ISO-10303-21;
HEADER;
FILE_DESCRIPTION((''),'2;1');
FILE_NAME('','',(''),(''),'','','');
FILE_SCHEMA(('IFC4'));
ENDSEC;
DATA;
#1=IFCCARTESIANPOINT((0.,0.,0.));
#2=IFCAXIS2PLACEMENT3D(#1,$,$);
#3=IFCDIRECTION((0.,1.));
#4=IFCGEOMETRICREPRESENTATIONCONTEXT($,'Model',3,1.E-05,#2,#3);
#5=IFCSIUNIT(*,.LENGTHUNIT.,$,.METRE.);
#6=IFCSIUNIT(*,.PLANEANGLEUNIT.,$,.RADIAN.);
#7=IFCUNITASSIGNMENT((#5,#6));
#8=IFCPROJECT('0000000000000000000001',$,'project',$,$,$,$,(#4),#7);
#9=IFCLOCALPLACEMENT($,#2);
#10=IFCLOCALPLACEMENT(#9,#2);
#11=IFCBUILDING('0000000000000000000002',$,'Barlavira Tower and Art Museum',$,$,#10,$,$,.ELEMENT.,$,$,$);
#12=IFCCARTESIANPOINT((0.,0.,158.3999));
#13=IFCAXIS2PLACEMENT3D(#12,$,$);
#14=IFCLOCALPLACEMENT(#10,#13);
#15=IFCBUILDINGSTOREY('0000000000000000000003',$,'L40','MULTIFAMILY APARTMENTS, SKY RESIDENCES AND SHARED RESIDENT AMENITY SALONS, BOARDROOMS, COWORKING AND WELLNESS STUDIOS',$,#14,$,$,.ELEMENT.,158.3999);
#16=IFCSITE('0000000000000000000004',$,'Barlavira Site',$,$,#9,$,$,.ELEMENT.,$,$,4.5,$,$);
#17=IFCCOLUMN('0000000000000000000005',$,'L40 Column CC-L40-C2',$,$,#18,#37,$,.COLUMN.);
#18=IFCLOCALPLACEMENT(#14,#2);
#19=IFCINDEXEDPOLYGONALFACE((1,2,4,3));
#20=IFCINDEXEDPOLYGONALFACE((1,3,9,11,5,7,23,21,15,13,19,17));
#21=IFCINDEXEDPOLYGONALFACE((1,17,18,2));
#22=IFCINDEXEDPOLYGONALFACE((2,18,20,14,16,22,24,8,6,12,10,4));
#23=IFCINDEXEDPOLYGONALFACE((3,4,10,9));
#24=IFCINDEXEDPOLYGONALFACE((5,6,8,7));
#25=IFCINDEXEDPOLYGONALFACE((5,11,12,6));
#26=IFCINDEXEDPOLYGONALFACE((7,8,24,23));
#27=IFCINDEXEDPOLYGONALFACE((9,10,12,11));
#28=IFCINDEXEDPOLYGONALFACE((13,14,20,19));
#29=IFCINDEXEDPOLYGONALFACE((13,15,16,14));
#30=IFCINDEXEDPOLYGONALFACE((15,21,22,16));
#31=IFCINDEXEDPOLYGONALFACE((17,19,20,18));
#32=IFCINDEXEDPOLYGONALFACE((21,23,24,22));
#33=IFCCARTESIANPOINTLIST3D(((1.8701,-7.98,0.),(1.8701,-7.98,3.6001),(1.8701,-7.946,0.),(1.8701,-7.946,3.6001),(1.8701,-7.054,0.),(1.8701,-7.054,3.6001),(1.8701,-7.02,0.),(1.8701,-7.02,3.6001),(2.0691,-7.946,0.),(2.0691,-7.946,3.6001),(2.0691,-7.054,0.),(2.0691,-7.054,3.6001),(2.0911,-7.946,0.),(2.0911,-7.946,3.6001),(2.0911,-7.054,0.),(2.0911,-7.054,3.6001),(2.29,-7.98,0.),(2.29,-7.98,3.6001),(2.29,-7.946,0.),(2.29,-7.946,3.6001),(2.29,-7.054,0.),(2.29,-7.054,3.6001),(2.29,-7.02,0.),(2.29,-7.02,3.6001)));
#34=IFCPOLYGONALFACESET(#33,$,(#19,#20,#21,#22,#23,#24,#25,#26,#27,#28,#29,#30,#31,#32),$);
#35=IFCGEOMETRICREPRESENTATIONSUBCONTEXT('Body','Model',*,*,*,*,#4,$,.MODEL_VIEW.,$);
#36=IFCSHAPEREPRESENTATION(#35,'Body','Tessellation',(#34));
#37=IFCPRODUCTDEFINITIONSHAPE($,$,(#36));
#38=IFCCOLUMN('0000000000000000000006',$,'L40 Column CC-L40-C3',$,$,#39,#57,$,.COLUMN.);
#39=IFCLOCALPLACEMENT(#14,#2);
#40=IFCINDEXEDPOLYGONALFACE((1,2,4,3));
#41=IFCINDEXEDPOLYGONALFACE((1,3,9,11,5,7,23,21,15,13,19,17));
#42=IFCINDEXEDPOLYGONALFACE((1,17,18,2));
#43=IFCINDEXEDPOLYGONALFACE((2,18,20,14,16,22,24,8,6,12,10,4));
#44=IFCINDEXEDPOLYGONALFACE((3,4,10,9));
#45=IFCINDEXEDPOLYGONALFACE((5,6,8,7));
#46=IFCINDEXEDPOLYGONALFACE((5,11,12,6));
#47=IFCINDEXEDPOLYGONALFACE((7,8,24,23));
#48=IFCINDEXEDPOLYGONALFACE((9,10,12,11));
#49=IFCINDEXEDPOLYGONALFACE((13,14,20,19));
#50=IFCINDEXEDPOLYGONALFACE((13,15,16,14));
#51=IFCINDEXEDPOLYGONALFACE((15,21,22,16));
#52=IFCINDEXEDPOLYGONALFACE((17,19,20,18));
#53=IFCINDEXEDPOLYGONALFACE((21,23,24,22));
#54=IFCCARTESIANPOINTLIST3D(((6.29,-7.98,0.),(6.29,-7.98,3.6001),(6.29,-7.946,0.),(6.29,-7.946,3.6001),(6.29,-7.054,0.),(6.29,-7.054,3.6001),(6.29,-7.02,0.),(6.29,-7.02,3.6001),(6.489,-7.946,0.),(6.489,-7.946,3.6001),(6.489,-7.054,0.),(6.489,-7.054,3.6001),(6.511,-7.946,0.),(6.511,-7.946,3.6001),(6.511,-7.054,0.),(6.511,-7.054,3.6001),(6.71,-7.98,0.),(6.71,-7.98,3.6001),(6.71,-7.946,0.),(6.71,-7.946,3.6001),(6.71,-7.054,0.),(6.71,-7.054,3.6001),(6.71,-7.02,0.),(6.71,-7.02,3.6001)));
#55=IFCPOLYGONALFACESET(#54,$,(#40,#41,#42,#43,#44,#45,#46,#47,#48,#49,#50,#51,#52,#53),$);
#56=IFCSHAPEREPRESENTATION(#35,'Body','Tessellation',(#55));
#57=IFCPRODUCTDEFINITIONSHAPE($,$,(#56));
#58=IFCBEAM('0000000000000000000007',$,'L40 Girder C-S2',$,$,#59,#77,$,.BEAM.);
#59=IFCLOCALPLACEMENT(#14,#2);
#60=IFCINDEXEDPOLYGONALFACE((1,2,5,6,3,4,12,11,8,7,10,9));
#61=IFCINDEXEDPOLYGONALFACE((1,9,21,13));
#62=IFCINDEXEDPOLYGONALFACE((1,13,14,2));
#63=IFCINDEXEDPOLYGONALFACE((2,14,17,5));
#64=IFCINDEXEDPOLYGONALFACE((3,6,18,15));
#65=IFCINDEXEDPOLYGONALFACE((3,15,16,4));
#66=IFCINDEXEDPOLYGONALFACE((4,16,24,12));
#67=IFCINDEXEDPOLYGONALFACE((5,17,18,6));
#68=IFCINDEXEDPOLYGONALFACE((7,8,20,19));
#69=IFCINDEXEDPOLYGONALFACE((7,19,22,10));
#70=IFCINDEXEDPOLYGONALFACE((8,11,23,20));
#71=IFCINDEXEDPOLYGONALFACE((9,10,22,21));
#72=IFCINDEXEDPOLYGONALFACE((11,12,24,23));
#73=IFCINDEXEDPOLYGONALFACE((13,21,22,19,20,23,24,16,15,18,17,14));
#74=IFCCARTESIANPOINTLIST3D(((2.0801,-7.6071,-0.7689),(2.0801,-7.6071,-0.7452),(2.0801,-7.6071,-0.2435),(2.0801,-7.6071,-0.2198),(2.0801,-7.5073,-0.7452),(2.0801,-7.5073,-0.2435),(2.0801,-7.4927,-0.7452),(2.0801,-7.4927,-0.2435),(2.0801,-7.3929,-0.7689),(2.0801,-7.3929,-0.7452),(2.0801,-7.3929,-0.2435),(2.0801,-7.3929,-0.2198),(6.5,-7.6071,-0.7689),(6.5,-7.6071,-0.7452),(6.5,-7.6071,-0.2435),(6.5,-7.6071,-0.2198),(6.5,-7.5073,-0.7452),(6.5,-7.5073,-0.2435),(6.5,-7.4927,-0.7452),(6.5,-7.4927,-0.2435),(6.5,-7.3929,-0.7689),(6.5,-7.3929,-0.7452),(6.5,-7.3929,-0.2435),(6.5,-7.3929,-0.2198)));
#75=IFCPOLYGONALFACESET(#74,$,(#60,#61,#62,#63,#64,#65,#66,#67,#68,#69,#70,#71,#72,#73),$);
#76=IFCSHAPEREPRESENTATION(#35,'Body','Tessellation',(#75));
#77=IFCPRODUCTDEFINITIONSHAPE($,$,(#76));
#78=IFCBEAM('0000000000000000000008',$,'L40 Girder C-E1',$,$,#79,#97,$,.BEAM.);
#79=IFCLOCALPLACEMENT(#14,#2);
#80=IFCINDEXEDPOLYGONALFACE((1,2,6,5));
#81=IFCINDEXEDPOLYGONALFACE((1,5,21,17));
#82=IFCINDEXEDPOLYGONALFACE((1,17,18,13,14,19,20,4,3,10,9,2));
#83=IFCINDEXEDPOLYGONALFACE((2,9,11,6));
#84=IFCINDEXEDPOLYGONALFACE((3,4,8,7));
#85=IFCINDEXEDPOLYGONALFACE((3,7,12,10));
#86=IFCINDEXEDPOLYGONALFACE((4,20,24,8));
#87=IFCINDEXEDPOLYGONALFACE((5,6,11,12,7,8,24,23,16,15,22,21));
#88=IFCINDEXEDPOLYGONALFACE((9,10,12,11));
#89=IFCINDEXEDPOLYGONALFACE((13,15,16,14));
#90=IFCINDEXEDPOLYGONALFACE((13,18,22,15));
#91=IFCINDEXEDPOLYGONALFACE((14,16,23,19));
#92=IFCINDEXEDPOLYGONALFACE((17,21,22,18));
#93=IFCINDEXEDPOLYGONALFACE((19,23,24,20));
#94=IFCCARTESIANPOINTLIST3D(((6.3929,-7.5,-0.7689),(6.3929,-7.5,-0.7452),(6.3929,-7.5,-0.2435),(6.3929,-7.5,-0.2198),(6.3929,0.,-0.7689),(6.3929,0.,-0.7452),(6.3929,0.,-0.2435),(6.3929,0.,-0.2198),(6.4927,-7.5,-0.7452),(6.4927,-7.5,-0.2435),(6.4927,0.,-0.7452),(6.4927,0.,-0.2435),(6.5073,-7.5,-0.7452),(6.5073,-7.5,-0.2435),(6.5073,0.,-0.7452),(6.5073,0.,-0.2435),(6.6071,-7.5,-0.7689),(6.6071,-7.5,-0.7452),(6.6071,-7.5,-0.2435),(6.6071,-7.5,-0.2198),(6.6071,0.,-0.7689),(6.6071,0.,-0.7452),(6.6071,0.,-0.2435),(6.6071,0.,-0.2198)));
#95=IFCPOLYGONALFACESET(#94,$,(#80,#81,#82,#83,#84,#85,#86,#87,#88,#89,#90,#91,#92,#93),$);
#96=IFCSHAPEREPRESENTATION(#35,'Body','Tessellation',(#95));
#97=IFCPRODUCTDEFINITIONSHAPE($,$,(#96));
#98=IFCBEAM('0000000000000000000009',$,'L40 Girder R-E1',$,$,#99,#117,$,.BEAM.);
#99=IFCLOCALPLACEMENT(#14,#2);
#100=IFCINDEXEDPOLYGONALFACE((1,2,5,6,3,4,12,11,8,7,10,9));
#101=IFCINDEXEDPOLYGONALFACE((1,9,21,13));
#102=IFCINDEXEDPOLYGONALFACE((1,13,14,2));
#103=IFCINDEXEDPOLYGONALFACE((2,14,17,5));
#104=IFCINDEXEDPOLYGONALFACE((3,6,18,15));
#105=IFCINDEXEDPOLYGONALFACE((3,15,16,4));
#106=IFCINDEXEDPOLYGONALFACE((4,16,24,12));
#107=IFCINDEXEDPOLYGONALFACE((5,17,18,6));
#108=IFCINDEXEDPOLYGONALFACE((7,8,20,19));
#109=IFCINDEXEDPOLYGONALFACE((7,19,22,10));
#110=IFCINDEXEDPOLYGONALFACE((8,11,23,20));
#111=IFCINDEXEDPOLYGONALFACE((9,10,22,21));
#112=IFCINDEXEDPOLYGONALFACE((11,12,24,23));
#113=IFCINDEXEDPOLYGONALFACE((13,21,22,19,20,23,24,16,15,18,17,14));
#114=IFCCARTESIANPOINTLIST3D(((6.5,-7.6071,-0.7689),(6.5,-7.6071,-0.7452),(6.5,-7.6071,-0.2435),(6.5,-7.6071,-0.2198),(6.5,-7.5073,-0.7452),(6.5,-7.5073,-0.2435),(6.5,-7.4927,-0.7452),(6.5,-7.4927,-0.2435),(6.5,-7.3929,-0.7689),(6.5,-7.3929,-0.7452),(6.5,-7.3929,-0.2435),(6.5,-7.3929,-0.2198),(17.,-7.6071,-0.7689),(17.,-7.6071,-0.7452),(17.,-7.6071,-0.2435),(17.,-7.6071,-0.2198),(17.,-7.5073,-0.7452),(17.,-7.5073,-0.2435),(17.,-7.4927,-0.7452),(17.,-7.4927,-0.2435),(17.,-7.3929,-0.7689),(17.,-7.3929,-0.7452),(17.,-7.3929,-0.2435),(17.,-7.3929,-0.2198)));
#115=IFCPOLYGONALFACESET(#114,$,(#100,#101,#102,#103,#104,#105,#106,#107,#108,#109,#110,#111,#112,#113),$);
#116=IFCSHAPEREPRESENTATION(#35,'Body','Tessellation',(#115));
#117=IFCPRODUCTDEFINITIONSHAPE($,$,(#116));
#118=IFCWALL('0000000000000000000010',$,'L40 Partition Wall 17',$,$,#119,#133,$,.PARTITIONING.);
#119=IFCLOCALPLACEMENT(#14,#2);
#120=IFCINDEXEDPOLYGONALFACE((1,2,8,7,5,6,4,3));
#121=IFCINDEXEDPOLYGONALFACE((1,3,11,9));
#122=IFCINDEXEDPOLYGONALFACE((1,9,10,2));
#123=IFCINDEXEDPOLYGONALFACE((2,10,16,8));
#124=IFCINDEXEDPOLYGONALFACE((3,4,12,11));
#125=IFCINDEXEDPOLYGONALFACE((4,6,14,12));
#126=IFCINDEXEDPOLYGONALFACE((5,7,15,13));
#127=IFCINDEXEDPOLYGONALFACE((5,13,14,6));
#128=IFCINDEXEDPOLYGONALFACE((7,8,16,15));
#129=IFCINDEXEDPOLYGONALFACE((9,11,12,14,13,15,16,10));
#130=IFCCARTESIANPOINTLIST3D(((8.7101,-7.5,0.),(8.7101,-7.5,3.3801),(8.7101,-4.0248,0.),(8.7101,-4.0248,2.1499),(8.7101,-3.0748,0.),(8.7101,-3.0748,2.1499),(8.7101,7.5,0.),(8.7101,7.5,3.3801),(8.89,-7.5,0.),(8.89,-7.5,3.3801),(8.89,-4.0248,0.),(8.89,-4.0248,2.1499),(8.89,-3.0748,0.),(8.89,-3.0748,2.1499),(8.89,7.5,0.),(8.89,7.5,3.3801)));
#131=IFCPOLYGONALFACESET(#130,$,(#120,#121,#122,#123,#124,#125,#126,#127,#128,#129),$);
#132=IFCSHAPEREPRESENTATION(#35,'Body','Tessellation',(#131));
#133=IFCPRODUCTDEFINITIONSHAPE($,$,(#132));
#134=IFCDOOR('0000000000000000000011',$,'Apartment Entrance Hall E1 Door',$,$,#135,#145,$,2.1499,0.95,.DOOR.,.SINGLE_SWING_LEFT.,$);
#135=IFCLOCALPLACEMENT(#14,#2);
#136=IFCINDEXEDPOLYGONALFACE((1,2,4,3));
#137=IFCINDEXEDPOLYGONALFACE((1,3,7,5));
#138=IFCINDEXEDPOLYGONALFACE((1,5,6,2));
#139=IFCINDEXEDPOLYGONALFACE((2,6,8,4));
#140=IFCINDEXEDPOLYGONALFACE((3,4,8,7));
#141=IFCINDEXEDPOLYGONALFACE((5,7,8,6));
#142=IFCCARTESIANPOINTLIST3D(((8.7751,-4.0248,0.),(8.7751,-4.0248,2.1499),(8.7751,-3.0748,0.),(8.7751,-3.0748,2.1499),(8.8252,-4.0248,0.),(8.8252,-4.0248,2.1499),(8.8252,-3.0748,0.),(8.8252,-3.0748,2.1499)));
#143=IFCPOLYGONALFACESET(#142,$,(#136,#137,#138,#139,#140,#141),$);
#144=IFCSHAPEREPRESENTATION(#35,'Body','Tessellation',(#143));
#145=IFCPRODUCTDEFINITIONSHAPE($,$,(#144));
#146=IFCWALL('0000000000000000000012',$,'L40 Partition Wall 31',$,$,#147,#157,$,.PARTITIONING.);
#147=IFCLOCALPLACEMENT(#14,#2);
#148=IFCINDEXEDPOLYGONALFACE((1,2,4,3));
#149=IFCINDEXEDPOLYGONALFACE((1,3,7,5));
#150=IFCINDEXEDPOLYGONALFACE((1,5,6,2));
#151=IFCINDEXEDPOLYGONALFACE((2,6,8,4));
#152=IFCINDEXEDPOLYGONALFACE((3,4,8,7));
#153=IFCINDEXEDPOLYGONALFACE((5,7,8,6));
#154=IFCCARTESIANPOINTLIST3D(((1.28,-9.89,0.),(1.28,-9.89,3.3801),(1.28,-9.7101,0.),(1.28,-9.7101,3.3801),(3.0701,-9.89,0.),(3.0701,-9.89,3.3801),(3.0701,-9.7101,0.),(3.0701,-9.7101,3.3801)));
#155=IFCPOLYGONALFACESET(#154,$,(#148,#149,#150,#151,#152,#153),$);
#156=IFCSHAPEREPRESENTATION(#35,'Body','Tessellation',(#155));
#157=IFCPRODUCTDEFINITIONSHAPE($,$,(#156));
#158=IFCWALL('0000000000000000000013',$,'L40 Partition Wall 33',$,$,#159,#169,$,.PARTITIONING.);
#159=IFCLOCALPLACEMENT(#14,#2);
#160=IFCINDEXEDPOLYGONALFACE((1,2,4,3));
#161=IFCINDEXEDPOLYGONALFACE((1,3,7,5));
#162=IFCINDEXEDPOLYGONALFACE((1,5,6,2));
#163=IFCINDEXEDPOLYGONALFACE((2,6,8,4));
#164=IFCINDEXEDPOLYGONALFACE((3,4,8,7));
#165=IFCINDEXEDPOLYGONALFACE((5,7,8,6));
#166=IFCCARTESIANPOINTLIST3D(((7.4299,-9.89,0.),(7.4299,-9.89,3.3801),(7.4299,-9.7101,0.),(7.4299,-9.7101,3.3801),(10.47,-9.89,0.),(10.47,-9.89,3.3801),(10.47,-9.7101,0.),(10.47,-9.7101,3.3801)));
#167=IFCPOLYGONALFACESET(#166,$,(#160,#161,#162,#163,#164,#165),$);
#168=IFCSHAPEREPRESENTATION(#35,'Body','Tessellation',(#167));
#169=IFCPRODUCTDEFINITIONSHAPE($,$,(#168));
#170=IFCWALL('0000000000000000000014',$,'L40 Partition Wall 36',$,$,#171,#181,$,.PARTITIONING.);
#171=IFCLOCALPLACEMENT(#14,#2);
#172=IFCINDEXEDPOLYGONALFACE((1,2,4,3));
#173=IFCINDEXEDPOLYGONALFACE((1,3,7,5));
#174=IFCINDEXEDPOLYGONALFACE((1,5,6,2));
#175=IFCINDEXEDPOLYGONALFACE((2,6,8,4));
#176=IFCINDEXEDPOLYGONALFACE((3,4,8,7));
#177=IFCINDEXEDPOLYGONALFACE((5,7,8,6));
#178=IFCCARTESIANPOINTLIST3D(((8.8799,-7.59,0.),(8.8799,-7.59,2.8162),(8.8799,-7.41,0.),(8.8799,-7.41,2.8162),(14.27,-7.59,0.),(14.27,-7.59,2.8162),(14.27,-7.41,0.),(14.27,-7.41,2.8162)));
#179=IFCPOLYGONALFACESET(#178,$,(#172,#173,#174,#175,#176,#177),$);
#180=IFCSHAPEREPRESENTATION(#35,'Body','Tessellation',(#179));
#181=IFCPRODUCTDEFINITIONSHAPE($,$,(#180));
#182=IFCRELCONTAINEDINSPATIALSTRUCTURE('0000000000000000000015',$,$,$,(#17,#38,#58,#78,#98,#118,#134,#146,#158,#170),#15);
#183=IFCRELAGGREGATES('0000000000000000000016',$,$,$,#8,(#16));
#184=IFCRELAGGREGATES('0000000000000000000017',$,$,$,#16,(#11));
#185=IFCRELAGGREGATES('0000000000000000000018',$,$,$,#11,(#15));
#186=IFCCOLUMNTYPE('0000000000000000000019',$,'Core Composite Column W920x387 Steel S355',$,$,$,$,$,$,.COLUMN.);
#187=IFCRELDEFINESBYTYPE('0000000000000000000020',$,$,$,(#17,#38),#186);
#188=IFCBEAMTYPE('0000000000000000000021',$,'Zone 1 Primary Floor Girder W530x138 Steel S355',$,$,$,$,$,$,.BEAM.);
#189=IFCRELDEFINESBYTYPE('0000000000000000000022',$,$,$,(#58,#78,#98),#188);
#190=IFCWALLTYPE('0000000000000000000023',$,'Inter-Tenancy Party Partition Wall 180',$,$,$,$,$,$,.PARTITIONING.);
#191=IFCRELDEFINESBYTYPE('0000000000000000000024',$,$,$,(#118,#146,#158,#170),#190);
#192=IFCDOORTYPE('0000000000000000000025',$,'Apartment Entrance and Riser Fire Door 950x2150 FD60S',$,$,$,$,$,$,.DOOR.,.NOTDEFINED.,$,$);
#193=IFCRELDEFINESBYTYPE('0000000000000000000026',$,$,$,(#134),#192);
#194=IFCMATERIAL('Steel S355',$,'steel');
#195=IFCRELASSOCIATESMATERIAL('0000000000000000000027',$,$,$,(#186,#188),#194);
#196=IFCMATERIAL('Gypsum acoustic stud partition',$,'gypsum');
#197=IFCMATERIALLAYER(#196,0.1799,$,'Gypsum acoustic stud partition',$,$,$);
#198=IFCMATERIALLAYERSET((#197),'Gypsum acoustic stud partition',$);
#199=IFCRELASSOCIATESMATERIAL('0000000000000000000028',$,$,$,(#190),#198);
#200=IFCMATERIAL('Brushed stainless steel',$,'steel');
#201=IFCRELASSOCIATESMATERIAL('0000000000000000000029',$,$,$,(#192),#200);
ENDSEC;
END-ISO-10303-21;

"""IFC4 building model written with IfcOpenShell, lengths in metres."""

from ifc_helpers import new_model, si_unit, direction, frame, frame_2d, origin, origin_2d, place, context, subcontext, project, spatial, rectangle, i_section, extrude, material, layer, layer_set, material_profile, profile_set, type_object, element, fill, save


model = new_model("IFC4")

# Units and contexts
model_context = context("Model", 3, precision=1e-05, world=origin(), true_north=direction((0.0, 1.0)))
body_context = subcontext(model_context, "Body", "Model", "MODEL_VIEW")
ifc_project = project(units=[si_unit("LENGTHUNIT", "METRE"), si_unit("PLANEANGLEUNIT", "RADIAN")], contexts=[model_context])

# Site, building, storey
site_placement = place(None, origin())
site = spatial("IfcSite", under=ifc_project, at=site_placement, Name="Barlavira Site", CompositionType="ELEMENT", RefElevation=4.5)
building_placement = place(site_placement, origin())
building = spatial("IfcBuilding", under=site, at=building_placement, Name="Barlavira Tower and Art Museum", CompositionType="ELEMENT")
storey_placement = place(building_placement, frame((0.0, 0.0, 158.3999)))
storey = spatial("IfcBuildingStorey", under=building, at=storey_placement, Name="L40", Description="MULTIFAMILY APARTMENTS, SKY RESIDENCES AND SHARED RESIDENT AMENITY SALONS, BOARDROOMS, COWORKING AND WELLNESS STUDIOS", CompositionType="ELEMENT", Elevation=158.3999)

# Columns
ifc_material_1 = material(Name="Steel S355", Category="steel")
ifc_material_profile_1 = material_profile(ifc_material_1, i_section(OverallWidth=0.4199, OverallDepth=0.96, WebThickness=0.022, FlangeThickness=0.0339, at=origin_2d()), Name="W920x387.0")
ifc_profile_set_1 = profile_set([ifc_material_profile_1], Name="Steel S355")
column_type = type_object("IfcColumnType", Name="Core Composite Column W920x387 Steel S355", PredefinedType="COLUMN", material=ifc_profile_set_1)
for number, where, z_axis, x_axis, name in (
    (1, (2.0801, -7.5, 0.0), (0.0, 0.0, 1.0), (1.0, 0.0, 0.0), "L40 Column CC-L40-C2"),
    (2, (6.5, -7.5, 0.0), (0.0, 0.0, 1.0), (1.0, 0.0, 0.0), "L40 Column CC-L40-C3"),
):
    element("IfcColumn", number, at=place(storey_placement, frame(where, z_axis=z_axis, x_axis=x_axis)), inside=storey, type_object=column_type, Name=name, PredefinedType="COLUMN", context=body_context, shape_type="SweptSolid", body=[
        extrude(i_section(OverallWidth=0.4199, OverallDepth=0.96, WebThickness=0.022, FlangeThickness=0.0339, at=origin_2d()), origin(), (0.0, 0.0, 1.0), 3.6001),
    ])

# Beams
ifc_material_profile_2 = material_profile(ifc_material_1, i_section(OverallWidth=0.2141, OverallDepth=0.5491, WebThickness=0.0146, FlangeThickness=0.0237, at=origin_2d()), Name="W530x138.0")
ifc_profile_set_2 = profile_set([ifc_material_profile_2], Name="Steel S355")
beam_type = type_object("IfcBeamType", Name="Zone 1 Primary Floor Girder W530x138 Steel S355", PredefinedType="BEAM", material=ifc_profile_set_2)
beam_1_placement = place(storey_placement, frame((2.0801, -7.5, -0.4944), z_axis=(1.0, 0.0, 0.0), x_axis=(0.0, 1.0, 0.0)))
element("IfcBeam", 3, at=beam_1_placement, inside=storey, type_object=beam_type, Name="L40 Girder C-S2", PredefinedType="BEAM", context=body_context, shape_type="SweptSolid", body=[
    extrude(i_section(OverallWidth=0.2141, OverallDepth=0.5491, WebThickness=0.0146, FlangeThickness=0.0237, at=origin_2d()), origin(), (0.0, 0.0, 1.0), 4.4199),
])
beam_2_placement = place(storey_placement, frame((6.5, -7.5, -0.4944), z_axis=(0.0, 1.0, 0.0), x_axis=(-1.0, 0.0, 0.0)))
element("IfcBeam", 4, at=beam_2_placement, inside=storey, type_object=beam_type, Name="L40 Girder C-E1", PredefinedType="BEAM", context=body_context, shape_type="SweptSolid", body=[
    extrude(i_section(OverallWidth=0.2141, OverallDepth=0.5491, WebThickness=0.0146, FlangeThickness=0.0237, at=origin_2d()), origin(), (0.0, 0.0, 1.0), 7.5),
])
beam_3_placement = place(storey_placement, frame((6.5, -7.5, -0.4944), z_axis=(1.0, 0.0, 0.0), x_axis=(0.0, 1.0, 0.0)))
element("IfcBeam", 5, at=beam_3_placement, inside=storey, type_object=beam_type, Name="L40 Girder R-E1", PredefinedType="BEAM", context=body_context, shape_type="SweptSolid", body=[
    extrude(i_section(OverallWidth=0.2141, OverallDepth=0.5491, WebThickness=0.0146, FlangeThickness=0.0237, at=origin_2d()), origin(), (0.0, 0.0, 1.0), 10.5),
])

# Wall, opening, door
ifc_material_2 = material(Name="Gypsum acoustic stud partition", Category="gypsum")
ifc_layer = layer(ifc_material_2, 0.1799, Name="Gypsum acoustic stud partition")
ifc_layer_set = layer_set([ifc_layer], Name="Gypsum acoustic stud partition")
wall_type = type_object("IfcWallType", Name="Inter-Tenancy Party Partition Wall 180", PredefinedType="PARTITIONING", material=ifc_layer_set)
wall_1_placement = place(storey_placement, frame((8.8, -7.5, 0.0), z_axis=(0.0, 0.0, 1.0), x_axis=(0.0, 1.0, 0.0)))
wall_1 = element("IfcWall", 6, at=wall_1_placement, inside=storey, type_object=wall_type, Name="L40 Partition Wall 17", PredefinedType="PARTITIONING", context=body_context, shape_type="SweptSolid", body=[
    extrude(rectangle(XDim=15.0, YDim=0.1799, at=frame_2d((7.5, 0.0))), origin(), (0.0, 0.0, 1.0), 3.3801),
])
opening_1_placement = place(wall_1_placement, frame((3.4751, 0.0, 0.0)))
opening_1 = element("IfcOpeningElement", 7, at=opening_1_placement, cuts=wall_1, PredefinedType="OPENING", context=body_context, shape_type="SweptSolid", body=[
    extrude(rectangle(XDim=0.95, YDim=2.1499, at=frame_2d((0.4751, 1.075))), frame((0.0, 0.1001, 0.0), z_axis=(0.0, -1.0, 0.0), x_axis=(1.0, 0.0, 0.0)), (0.0, 0.0, 1.0), 0.2),
])
ifc_material_3 = material(Name="Brushed stainless steel", Category="steel")
door_type = type_object("IfcDoorType", Name="Apartment Entrance and Riser Fire Door 950x2150 FD60S", OperationType="NOTDEFINED", PredefinedType="DOOR", material=ifc_material_3)
door_1_placement = place(opening_1_placement, origin())
door_1 = element("IfcDoor", 8, at=door_1_placement, inside=storey, type_object=door_type, Name="Apartment Entrance Hall E1 Door", OperationType="SINGLE_SWING_LEFT", OverallHeight=2.1499, OverallWidth=0.95, PredefinedType="DOOR", context=body_context, shape_type="SweptSolid", body=[
    extrude(rectangle(XDim=0.95, YDim=2.1499, at=frame_2d((0.4751, 1.075))), frame((0.0, 0.0249, 0.0), z_axis=(0.0, -1.0, 0.0), x_axis=(1.0, 0.0, 0.0)), (0.0, 0.0, 1.0), 0.05),
])
fill(opening_1, door_1)

# Wall
wall_2_placement = place(storey_placement, frame((1.28, -9.8, 0.0), z_axis=(0.0, 0.0, 1.0), x_axis=(1.0, 0.0, 0.0)))
element("IfcWall", 9, at=wall_2_placement, inside=storey, type_object=wall_type, Name="L40 Partition Wall 31", PredefinedType="PARTITIONING", context=body_context, shape_type="SweptSolid", body=[
    extrude(rectangle(XDim=1.79, YDim=0.1799, at=frame_2d((0.895, 0.0))), origin(), (0.0, 0.0, 1.0), 3.3801),
])

# Walls
wall_3_placement = place(storey_placement, frame((7.4299, -9.8, 0.0), z_axis=(0.0, 0.0, 1.0), x_axis=(1.0, 0.0, 0.0)))
element("IfcWall", 10, at=wall_3_placement, inside=storey, type_object=wall_type, Name="L40 Partition Wall 33", PredefinedType="PARTITIONING", context=body_context, shape_type="SweptSolid", body=[
    extrude(rectangle(XDim=3.04, YDim=0.1799, at=frame_2d((1.52, 0.0))), origin(), (0.0, 0.0, 1.0), 3.3801),
])
wall_4_placement = place(storey_placement, frame((8.8799, -7.5, 0.0), z_axis=(0.0, 0.0, 1.0), x_axis=(1.0, 0.0, 0.0)))
element("IfcWall", 11, at=wall_4_placement, inside=storey, type_object=wall_type, Name="L40 Partition Wall 36", PredefinedType="PARTITIONING", context=body_context, shape_type="SweptSolid", body=[
    extrude(rectangle(XDim=5.3901, YDim=0.1799, at=frame_2d((2.6951, 0.0))), origin(), (0.0, 0.0, 1.0), 2.8162),
])

save(model, "model.ifc")
